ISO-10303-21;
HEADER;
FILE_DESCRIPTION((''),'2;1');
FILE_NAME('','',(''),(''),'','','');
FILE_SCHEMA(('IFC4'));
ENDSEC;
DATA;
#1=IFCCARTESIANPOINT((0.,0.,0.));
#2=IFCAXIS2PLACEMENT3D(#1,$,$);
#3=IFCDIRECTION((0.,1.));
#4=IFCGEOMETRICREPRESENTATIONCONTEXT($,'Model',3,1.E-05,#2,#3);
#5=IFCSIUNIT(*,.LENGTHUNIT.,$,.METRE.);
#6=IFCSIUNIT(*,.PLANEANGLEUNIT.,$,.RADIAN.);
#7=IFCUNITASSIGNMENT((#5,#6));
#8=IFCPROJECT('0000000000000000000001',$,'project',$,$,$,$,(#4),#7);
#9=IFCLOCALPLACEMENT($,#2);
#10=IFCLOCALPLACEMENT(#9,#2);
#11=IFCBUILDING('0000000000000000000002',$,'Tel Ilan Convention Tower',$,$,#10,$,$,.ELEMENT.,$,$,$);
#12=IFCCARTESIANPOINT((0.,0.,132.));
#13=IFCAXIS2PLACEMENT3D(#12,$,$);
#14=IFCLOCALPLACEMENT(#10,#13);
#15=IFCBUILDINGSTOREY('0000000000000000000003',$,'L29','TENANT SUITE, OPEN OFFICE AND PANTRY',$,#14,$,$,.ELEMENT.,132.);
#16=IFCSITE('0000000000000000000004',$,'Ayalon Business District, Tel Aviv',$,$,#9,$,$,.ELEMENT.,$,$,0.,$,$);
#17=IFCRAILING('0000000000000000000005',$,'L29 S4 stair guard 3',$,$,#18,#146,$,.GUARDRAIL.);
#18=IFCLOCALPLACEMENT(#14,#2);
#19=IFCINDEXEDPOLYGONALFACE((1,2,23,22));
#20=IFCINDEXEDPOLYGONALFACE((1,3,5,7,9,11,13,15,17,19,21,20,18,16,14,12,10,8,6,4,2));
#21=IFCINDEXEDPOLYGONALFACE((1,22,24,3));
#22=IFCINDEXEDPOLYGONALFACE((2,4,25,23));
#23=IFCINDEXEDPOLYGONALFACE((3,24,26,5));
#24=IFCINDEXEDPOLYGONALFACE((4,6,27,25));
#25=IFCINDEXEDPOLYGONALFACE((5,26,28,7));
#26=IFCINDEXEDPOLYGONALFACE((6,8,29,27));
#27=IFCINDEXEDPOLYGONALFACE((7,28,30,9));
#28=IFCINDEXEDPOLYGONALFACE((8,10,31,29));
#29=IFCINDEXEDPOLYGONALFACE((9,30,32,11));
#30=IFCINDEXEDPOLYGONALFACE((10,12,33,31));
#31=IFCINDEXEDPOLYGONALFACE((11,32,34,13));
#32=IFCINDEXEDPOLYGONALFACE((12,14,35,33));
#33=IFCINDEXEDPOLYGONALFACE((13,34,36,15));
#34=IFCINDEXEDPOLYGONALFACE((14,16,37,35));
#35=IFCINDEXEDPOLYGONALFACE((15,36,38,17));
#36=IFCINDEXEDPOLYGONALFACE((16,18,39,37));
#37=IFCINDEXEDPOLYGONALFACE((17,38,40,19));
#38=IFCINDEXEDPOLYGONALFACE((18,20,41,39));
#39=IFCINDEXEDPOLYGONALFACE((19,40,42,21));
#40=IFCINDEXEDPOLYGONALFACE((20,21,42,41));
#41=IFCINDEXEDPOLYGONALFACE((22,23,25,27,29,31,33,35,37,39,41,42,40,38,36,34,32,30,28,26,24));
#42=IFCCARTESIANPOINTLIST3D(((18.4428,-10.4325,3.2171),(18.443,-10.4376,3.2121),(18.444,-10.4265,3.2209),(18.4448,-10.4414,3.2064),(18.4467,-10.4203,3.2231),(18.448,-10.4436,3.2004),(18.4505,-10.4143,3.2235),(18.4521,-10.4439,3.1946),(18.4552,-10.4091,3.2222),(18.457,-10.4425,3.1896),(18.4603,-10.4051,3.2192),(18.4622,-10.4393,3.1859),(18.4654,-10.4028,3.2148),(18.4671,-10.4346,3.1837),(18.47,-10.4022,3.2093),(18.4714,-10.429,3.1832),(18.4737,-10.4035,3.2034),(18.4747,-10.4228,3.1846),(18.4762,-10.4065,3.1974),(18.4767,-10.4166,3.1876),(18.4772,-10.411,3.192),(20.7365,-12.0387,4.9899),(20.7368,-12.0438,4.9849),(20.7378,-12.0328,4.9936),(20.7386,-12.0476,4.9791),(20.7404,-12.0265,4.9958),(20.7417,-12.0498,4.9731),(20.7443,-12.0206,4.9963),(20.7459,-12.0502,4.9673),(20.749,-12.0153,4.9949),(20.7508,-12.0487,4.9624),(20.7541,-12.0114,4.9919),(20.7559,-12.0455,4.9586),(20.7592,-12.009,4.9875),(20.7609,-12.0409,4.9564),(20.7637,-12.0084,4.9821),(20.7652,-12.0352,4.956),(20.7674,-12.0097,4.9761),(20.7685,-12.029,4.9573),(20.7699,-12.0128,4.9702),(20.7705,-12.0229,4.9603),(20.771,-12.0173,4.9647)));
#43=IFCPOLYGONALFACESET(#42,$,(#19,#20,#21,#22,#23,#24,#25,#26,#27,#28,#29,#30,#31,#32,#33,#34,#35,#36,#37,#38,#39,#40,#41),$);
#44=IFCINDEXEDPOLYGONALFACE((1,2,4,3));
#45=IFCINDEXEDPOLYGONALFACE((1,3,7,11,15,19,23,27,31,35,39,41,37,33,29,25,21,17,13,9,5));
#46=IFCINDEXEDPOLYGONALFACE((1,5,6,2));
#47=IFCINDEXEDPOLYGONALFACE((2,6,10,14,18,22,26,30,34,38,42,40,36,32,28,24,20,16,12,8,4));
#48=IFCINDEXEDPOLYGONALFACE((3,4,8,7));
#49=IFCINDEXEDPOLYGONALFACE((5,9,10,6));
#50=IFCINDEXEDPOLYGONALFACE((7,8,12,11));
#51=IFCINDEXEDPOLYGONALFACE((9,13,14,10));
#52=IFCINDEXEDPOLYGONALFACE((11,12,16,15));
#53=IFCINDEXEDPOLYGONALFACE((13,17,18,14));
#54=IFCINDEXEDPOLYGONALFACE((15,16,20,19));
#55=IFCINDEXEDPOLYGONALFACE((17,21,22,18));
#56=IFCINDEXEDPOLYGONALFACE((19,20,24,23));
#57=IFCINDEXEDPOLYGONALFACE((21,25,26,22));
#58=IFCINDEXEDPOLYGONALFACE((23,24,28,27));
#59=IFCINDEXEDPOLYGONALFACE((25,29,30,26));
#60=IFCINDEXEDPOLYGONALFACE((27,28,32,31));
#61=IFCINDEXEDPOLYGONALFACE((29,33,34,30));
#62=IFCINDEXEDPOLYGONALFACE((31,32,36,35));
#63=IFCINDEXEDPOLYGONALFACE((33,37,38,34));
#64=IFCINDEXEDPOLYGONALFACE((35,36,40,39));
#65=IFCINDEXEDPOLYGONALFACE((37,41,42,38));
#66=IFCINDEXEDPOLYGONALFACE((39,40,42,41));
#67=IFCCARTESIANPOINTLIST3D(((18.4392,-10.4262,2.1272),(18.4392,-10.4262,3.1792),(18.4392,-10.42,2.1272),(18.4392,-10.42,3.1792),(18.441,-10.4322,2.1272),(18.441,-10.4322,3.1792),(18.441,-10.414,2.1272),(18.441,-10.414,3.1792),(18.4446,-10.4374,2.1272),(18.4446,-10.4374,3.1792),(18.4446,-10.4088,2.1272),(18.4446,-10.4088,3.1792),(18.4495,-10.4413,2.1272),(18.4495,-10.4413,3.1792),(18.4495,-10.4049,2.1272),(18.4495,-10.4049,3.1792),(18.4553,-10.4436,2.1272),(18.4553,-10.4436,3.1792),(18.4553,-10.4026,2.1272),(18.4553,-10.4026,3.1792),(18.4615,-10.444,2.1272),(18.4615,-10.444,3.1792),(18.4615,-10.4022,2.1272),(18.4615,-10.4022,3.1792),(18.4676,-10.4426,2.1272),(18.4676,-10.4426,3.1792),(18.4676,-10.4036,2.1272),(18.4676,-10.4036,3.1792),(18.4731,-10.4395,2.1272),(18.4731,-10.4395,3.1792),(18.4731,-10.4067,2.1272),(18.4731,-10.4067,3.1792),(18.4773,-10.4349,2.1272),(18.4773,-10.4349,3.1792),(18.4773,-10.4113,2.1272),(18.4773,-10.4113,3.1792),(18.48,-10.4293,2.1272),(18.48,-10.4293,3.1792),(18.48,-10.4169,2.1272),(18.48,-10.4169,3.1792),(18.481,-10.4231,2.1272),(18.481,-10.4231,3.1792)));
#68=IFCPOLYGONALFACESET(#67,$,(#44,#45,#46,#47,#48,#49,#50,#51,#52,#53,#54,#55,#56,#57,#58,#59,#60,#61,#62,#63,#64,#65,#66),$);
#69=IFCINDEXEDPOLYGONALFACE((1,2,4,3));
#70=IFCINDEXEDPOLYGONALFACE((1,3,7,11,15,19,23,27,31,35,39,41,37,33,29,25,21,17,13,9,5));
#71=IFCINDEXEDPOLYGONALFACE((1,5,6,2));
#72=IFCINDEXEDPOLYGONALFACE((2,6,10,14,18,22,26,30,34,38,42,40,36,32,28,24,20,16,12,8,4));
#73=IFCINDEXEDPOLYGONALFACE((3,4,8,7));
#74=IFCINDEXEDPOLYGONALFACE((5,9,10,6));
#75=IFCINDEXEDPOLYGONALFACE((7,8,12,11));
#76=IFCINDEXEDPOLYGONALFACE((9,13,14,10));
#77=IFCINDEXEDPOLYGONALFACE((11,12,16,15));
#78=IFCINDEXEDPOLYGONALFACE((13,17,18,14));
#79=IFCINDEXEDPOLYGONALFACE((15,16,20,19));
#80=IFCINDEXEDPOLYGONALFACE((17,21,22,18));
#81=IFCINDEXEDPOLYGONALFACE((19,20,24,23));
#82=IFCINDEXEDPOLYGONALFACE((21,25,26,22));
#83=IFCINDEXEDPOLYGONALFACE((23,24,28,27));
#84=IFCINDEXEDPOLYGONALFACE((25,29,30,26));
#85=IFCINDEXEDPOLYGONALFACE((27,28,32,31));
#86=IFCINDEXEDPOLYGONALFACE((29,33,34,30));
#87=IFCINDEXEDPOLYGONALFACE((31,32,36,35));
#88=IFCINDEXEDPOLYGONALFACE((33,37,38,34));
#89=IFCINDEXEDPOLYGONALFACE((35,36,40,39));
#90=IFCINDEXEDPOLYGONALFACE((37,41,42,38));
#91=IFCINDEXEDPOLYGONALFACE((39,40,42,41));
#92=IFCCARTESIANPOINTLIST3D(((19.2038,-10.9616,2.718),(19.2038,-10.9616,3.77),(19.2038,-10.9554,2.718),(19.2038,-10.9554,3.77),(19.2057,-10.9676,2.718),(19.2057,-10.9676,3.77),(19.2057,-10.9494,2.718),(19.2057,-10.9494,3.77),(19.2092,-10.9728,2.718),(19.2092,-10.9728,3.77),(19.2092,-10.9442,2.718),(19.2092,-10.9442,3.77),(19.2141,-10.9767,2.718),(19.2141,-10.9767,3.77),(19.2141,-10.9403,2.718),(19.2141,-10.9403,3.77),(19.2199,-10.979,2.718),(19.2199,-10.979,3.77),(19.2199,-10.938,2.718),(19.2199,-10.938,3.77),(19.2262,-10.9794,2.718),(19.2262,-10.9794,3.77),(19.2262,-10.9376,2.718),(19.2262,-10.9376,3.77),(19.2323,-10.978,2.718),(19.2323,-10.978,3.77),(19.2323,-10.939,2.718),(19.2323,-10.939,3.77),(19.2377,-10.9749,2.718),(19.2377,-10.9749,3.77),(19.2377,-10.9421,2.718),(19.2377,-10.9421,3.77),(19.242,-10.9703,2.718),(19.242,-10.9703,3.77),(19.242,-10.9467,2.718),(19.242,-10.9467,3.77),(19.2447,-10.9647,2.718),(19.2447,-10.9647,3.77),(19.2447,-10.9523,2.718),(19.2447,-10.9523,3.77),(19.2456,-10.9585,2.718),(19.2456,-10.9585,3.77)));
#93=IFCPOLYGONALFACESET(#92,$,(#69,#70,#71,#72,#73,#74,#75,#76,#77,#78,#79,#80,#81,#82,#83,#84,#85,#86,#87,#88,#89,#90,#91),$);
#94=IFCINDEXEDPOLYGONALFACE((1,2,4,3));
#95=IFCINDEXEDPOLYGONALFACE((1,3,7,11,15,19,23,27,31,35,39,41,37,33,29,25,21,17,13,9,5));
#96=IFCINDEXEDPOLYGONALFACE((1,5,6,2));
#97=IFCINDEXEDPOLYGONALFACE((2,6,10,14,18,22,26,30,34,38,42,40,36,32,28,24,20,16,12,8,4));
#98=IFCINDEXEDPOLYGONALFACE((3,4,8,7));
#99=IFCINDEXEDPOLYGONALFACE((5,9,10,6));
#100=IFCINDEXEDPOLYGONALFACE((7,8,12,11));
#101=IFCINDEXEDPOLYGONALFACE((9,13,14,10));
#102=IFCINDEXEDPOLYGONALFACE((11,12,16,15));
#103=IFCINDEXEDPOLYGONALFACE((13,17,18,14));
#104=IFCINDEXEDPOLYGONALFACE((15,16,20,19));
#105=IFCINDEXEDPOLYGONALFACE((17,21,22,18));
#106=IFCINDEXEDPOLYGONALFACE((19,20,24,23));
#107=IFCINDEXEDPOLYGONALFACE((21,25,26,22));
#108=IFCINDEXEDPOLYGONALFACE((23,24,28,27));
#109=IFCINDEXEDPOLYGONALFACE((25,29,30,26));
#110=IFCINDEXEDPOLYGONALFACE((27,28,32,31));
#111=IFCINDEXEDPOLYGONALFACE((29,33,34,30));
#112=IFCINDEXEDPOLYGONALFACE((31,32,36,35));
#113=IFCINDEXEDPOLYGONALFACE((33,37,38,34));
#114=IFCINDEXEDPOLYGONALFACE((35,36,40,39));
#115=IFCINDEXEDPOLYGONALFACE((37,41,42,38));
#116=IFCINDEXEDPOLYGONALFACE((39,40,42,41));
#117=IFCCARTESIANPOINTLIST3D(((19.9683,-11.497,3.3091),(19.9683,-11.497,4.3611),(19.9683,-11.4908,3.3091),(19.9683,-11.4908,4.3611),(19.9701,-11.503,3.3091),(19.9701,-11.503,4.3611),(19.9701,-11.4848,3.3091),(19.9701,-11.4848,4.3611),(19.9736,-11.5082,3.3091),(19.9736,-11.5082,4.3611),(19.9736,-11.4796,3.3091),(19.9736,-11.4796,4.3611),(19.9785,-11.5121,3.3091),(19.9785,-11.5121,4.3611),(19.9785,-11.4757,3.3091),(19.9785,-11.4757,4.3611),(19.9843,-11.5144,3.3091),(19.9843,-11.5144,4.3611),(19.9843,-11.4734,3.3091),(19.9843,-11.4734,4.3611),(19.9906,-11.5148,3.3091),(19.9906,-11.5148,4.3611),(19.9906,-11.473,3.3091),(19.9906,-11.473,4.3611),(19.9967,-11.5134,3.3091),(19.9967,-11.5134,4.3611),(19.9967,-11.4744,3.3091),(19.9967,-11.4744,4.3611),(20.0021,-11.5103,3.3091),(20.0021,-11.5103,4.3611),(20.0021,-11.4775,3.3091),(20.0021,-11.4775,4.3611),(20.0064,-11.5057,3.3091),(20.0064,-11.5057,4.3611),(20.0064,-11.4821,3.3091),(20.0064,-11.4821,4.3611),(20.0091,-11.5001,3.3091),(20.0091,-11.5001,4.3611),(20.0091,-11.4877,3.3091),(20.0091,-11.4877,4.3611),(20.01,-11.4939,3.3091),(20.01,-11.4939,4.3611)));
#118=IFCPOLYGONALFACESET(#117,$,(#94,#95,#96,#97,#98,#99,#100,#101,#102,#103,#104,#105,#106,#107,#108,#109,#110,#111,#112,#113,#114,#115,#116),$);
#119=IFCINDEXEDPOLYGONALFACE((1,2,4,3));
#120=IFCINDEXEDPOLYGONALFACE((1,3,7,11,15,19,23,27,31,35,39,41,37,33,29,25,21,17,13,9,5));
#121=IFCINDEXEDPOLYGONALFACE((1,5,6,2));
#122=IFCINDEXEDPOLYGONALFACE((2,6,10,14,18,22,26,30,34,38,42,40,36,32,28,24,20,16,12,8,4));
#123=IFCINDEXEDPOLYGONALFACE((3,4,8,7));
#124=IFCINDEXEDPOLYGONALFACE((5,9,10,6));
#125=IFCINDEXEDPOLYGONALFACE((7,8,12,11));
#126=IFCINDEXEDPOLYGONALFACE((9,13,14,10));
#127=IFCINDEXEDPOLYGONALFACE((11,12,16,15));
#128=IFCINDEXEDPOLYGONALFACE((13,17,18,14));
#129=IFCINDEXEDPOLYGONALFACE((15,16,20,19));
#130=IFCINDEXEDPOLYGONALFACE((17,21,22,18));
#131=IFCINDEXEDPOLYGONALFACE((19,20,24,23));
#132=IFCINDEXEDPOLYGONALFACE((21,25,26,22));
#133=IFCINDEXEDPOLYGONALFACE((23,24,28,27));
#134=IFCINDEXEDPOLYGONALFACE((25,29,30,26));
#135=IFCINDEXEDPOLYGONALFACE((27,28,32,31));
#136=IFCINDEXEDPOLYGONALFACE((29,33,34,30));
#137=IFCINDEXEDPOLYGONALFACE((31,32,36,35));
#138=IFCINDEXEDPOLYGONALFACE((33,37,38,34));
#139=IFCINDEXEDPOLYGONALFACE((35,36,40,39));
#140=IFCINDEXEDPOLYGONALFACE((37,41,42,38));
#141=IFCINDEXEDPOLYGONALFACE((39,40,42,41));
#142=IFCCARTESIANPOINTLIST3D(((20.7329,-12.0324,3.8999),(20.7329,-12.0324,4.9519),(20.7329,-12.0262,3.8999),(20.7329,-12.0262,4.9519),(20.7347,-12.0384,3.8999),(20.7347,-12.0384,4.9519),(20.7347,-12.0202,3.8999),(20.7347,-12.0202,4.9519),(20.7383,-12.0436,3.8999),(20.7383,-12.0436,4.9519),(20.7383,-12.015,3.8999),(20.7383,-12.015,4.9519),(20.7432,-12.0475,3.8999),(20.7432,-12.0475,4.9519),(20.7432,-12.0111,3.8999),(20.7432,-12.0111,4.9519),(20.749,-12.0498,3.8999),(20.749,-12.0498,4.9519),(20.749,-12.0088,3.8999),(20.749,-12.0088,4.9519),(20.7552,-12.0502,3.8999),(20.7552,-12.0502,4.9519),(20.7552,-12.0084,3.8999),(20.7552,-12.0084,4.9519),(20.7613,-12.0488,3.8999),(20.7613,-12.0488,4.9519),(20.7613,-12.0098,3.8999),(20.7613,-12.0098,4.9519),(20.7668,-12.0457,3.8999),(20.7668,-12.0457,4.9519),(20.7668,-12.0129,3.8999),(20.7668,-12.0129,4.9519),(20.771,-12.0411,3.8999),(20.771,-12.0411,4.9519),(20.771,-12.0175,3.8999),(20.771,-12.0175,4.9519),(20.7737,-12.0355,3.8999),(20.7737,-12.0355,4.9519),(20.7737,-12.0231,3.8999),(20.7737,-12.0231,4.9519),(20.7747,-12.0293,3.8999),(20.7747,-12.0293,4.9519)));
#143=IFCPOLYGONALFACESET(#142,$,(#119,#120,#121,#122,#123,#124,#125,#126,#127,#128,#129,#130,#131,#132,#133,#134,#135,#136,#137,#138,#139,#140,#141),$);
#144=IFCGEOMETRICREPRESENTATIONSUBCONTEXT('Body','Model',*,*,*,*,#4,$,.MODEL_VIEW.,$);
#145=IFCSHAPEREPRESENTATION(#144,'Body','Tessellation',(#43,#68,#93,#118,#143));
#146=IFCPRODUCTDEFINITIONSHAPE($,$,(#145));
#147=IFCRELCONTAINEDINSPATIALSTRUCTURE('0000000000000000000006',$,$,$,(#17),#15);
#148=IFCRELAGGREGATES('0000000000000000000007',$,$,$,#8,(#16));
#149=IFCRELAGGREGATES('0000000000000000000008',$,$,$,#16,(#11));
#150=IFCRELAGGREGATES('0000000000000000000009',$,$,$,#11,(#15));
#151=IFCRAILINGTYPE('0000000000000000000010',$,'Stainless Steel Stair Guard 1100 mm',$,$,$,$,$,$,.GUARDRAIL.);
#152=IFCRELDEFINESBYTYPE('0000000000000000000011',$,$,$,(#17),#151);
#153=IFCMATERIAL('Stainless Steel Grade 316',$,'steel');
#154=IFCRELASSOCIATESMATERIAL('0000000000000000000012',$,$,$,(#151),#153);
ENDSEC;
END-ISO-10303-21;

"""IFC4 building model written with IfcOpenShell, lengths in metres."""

from ifc_helpers import new_model, si_unit, direction, frame, origin, origin_2d, place, context, subcontext, project, spatial, circle, extrude, material, type_object, element, save


model = new_model("IFC4")

# Units and contexts
model_context = context("Model", 3, precision=1e-05, world=origin(), true_north=direction((0.0, 1.0)))
body_context = subcontext(model_context, "Body", "Model", "MODEL_VIEW")
ifc_project = project(units=[si_unit("LENGTHUNIT", "METRE"), si_unit("PLANEANGLEUNIT", "RADIAN")], contexts=[model_context])

# Site, building, storey
site_placement = place(None, origin())
site = spatial("IfcSite", under=ifc_project, at=site_placement, Name="Ayalon Business District, Tel Aviv", CompositionType="ELEMENT", RefElevation=0.0)
building_placement = place(site_placement, origin())
building = spatial("IfcBuilding", under=site, at=building_placement, Name="Tel Ilan Convention Tower", CompositionType="ELEMENT")
storey_placement = place(building_placement, frame((0.0, 0.0, 132.0)))
storey = spatial("IfcBuildingStorey", under=building, at=storey_placement, Name="L29", Description="TENANT SUITE, OPEN OFFICE AND PANTRY", CompositionType="ELEMENT", Elevation=132.0)

# Railing
ifc_material_1 = material(Name="Stainless Steel Grade 316", Category="steel")
railing_type_1 = type_object("IfcRailingType", Name="Stainless Steel Stair Guard 1100 mm", PredefinedType="GUARDRAIL", material=ifc_material_1)
railing_1_placement = place(storey_placement, frame((18.46, -10.4231, 2.1272)))
element("IfcRailing", 1, at=railing_1_placement, inside=storey, type_object=railing_type_1, Name="L29 S4 stair guard 3", PredefinedType="GUARDRAIL", context=body_context, shape_type="SweptSolid", body=[
    extrude(circle(Radius=0.0239, at=origin_2d()), frame((0.0, 0.0, 1.0762), z_axis=(0.692098, -0.484653, 0.534894), x_axis=(0.573609, 0.81913, 0.0)), (0.0, 0.0, 1.0), 3.3142),
    extrude(circle(Radius=0.021, at=origin_2d()), origin(), (0.0, 0.0, 1.0), 1.052),
    extrude(circle(Radius=0.021, at=origin_2d()), frame((0.7646, -0.5354, 0.5908)), (0.0, 0.0, 1.0), 1.052),
    extrude(circle(Radius=0.021, at=origin_2d()), frame((1.5291, -1.0708, 1.1819)), (0.0, 0.0, 1.0), 1.052),
    extrude(circle(Radius=0.021, at=origin_2d()), frame((2.2937, -1.6062, 1.7727)), (0.0, 0.0, 1.0), 1.052),
])

save(model, "model.ifc")
